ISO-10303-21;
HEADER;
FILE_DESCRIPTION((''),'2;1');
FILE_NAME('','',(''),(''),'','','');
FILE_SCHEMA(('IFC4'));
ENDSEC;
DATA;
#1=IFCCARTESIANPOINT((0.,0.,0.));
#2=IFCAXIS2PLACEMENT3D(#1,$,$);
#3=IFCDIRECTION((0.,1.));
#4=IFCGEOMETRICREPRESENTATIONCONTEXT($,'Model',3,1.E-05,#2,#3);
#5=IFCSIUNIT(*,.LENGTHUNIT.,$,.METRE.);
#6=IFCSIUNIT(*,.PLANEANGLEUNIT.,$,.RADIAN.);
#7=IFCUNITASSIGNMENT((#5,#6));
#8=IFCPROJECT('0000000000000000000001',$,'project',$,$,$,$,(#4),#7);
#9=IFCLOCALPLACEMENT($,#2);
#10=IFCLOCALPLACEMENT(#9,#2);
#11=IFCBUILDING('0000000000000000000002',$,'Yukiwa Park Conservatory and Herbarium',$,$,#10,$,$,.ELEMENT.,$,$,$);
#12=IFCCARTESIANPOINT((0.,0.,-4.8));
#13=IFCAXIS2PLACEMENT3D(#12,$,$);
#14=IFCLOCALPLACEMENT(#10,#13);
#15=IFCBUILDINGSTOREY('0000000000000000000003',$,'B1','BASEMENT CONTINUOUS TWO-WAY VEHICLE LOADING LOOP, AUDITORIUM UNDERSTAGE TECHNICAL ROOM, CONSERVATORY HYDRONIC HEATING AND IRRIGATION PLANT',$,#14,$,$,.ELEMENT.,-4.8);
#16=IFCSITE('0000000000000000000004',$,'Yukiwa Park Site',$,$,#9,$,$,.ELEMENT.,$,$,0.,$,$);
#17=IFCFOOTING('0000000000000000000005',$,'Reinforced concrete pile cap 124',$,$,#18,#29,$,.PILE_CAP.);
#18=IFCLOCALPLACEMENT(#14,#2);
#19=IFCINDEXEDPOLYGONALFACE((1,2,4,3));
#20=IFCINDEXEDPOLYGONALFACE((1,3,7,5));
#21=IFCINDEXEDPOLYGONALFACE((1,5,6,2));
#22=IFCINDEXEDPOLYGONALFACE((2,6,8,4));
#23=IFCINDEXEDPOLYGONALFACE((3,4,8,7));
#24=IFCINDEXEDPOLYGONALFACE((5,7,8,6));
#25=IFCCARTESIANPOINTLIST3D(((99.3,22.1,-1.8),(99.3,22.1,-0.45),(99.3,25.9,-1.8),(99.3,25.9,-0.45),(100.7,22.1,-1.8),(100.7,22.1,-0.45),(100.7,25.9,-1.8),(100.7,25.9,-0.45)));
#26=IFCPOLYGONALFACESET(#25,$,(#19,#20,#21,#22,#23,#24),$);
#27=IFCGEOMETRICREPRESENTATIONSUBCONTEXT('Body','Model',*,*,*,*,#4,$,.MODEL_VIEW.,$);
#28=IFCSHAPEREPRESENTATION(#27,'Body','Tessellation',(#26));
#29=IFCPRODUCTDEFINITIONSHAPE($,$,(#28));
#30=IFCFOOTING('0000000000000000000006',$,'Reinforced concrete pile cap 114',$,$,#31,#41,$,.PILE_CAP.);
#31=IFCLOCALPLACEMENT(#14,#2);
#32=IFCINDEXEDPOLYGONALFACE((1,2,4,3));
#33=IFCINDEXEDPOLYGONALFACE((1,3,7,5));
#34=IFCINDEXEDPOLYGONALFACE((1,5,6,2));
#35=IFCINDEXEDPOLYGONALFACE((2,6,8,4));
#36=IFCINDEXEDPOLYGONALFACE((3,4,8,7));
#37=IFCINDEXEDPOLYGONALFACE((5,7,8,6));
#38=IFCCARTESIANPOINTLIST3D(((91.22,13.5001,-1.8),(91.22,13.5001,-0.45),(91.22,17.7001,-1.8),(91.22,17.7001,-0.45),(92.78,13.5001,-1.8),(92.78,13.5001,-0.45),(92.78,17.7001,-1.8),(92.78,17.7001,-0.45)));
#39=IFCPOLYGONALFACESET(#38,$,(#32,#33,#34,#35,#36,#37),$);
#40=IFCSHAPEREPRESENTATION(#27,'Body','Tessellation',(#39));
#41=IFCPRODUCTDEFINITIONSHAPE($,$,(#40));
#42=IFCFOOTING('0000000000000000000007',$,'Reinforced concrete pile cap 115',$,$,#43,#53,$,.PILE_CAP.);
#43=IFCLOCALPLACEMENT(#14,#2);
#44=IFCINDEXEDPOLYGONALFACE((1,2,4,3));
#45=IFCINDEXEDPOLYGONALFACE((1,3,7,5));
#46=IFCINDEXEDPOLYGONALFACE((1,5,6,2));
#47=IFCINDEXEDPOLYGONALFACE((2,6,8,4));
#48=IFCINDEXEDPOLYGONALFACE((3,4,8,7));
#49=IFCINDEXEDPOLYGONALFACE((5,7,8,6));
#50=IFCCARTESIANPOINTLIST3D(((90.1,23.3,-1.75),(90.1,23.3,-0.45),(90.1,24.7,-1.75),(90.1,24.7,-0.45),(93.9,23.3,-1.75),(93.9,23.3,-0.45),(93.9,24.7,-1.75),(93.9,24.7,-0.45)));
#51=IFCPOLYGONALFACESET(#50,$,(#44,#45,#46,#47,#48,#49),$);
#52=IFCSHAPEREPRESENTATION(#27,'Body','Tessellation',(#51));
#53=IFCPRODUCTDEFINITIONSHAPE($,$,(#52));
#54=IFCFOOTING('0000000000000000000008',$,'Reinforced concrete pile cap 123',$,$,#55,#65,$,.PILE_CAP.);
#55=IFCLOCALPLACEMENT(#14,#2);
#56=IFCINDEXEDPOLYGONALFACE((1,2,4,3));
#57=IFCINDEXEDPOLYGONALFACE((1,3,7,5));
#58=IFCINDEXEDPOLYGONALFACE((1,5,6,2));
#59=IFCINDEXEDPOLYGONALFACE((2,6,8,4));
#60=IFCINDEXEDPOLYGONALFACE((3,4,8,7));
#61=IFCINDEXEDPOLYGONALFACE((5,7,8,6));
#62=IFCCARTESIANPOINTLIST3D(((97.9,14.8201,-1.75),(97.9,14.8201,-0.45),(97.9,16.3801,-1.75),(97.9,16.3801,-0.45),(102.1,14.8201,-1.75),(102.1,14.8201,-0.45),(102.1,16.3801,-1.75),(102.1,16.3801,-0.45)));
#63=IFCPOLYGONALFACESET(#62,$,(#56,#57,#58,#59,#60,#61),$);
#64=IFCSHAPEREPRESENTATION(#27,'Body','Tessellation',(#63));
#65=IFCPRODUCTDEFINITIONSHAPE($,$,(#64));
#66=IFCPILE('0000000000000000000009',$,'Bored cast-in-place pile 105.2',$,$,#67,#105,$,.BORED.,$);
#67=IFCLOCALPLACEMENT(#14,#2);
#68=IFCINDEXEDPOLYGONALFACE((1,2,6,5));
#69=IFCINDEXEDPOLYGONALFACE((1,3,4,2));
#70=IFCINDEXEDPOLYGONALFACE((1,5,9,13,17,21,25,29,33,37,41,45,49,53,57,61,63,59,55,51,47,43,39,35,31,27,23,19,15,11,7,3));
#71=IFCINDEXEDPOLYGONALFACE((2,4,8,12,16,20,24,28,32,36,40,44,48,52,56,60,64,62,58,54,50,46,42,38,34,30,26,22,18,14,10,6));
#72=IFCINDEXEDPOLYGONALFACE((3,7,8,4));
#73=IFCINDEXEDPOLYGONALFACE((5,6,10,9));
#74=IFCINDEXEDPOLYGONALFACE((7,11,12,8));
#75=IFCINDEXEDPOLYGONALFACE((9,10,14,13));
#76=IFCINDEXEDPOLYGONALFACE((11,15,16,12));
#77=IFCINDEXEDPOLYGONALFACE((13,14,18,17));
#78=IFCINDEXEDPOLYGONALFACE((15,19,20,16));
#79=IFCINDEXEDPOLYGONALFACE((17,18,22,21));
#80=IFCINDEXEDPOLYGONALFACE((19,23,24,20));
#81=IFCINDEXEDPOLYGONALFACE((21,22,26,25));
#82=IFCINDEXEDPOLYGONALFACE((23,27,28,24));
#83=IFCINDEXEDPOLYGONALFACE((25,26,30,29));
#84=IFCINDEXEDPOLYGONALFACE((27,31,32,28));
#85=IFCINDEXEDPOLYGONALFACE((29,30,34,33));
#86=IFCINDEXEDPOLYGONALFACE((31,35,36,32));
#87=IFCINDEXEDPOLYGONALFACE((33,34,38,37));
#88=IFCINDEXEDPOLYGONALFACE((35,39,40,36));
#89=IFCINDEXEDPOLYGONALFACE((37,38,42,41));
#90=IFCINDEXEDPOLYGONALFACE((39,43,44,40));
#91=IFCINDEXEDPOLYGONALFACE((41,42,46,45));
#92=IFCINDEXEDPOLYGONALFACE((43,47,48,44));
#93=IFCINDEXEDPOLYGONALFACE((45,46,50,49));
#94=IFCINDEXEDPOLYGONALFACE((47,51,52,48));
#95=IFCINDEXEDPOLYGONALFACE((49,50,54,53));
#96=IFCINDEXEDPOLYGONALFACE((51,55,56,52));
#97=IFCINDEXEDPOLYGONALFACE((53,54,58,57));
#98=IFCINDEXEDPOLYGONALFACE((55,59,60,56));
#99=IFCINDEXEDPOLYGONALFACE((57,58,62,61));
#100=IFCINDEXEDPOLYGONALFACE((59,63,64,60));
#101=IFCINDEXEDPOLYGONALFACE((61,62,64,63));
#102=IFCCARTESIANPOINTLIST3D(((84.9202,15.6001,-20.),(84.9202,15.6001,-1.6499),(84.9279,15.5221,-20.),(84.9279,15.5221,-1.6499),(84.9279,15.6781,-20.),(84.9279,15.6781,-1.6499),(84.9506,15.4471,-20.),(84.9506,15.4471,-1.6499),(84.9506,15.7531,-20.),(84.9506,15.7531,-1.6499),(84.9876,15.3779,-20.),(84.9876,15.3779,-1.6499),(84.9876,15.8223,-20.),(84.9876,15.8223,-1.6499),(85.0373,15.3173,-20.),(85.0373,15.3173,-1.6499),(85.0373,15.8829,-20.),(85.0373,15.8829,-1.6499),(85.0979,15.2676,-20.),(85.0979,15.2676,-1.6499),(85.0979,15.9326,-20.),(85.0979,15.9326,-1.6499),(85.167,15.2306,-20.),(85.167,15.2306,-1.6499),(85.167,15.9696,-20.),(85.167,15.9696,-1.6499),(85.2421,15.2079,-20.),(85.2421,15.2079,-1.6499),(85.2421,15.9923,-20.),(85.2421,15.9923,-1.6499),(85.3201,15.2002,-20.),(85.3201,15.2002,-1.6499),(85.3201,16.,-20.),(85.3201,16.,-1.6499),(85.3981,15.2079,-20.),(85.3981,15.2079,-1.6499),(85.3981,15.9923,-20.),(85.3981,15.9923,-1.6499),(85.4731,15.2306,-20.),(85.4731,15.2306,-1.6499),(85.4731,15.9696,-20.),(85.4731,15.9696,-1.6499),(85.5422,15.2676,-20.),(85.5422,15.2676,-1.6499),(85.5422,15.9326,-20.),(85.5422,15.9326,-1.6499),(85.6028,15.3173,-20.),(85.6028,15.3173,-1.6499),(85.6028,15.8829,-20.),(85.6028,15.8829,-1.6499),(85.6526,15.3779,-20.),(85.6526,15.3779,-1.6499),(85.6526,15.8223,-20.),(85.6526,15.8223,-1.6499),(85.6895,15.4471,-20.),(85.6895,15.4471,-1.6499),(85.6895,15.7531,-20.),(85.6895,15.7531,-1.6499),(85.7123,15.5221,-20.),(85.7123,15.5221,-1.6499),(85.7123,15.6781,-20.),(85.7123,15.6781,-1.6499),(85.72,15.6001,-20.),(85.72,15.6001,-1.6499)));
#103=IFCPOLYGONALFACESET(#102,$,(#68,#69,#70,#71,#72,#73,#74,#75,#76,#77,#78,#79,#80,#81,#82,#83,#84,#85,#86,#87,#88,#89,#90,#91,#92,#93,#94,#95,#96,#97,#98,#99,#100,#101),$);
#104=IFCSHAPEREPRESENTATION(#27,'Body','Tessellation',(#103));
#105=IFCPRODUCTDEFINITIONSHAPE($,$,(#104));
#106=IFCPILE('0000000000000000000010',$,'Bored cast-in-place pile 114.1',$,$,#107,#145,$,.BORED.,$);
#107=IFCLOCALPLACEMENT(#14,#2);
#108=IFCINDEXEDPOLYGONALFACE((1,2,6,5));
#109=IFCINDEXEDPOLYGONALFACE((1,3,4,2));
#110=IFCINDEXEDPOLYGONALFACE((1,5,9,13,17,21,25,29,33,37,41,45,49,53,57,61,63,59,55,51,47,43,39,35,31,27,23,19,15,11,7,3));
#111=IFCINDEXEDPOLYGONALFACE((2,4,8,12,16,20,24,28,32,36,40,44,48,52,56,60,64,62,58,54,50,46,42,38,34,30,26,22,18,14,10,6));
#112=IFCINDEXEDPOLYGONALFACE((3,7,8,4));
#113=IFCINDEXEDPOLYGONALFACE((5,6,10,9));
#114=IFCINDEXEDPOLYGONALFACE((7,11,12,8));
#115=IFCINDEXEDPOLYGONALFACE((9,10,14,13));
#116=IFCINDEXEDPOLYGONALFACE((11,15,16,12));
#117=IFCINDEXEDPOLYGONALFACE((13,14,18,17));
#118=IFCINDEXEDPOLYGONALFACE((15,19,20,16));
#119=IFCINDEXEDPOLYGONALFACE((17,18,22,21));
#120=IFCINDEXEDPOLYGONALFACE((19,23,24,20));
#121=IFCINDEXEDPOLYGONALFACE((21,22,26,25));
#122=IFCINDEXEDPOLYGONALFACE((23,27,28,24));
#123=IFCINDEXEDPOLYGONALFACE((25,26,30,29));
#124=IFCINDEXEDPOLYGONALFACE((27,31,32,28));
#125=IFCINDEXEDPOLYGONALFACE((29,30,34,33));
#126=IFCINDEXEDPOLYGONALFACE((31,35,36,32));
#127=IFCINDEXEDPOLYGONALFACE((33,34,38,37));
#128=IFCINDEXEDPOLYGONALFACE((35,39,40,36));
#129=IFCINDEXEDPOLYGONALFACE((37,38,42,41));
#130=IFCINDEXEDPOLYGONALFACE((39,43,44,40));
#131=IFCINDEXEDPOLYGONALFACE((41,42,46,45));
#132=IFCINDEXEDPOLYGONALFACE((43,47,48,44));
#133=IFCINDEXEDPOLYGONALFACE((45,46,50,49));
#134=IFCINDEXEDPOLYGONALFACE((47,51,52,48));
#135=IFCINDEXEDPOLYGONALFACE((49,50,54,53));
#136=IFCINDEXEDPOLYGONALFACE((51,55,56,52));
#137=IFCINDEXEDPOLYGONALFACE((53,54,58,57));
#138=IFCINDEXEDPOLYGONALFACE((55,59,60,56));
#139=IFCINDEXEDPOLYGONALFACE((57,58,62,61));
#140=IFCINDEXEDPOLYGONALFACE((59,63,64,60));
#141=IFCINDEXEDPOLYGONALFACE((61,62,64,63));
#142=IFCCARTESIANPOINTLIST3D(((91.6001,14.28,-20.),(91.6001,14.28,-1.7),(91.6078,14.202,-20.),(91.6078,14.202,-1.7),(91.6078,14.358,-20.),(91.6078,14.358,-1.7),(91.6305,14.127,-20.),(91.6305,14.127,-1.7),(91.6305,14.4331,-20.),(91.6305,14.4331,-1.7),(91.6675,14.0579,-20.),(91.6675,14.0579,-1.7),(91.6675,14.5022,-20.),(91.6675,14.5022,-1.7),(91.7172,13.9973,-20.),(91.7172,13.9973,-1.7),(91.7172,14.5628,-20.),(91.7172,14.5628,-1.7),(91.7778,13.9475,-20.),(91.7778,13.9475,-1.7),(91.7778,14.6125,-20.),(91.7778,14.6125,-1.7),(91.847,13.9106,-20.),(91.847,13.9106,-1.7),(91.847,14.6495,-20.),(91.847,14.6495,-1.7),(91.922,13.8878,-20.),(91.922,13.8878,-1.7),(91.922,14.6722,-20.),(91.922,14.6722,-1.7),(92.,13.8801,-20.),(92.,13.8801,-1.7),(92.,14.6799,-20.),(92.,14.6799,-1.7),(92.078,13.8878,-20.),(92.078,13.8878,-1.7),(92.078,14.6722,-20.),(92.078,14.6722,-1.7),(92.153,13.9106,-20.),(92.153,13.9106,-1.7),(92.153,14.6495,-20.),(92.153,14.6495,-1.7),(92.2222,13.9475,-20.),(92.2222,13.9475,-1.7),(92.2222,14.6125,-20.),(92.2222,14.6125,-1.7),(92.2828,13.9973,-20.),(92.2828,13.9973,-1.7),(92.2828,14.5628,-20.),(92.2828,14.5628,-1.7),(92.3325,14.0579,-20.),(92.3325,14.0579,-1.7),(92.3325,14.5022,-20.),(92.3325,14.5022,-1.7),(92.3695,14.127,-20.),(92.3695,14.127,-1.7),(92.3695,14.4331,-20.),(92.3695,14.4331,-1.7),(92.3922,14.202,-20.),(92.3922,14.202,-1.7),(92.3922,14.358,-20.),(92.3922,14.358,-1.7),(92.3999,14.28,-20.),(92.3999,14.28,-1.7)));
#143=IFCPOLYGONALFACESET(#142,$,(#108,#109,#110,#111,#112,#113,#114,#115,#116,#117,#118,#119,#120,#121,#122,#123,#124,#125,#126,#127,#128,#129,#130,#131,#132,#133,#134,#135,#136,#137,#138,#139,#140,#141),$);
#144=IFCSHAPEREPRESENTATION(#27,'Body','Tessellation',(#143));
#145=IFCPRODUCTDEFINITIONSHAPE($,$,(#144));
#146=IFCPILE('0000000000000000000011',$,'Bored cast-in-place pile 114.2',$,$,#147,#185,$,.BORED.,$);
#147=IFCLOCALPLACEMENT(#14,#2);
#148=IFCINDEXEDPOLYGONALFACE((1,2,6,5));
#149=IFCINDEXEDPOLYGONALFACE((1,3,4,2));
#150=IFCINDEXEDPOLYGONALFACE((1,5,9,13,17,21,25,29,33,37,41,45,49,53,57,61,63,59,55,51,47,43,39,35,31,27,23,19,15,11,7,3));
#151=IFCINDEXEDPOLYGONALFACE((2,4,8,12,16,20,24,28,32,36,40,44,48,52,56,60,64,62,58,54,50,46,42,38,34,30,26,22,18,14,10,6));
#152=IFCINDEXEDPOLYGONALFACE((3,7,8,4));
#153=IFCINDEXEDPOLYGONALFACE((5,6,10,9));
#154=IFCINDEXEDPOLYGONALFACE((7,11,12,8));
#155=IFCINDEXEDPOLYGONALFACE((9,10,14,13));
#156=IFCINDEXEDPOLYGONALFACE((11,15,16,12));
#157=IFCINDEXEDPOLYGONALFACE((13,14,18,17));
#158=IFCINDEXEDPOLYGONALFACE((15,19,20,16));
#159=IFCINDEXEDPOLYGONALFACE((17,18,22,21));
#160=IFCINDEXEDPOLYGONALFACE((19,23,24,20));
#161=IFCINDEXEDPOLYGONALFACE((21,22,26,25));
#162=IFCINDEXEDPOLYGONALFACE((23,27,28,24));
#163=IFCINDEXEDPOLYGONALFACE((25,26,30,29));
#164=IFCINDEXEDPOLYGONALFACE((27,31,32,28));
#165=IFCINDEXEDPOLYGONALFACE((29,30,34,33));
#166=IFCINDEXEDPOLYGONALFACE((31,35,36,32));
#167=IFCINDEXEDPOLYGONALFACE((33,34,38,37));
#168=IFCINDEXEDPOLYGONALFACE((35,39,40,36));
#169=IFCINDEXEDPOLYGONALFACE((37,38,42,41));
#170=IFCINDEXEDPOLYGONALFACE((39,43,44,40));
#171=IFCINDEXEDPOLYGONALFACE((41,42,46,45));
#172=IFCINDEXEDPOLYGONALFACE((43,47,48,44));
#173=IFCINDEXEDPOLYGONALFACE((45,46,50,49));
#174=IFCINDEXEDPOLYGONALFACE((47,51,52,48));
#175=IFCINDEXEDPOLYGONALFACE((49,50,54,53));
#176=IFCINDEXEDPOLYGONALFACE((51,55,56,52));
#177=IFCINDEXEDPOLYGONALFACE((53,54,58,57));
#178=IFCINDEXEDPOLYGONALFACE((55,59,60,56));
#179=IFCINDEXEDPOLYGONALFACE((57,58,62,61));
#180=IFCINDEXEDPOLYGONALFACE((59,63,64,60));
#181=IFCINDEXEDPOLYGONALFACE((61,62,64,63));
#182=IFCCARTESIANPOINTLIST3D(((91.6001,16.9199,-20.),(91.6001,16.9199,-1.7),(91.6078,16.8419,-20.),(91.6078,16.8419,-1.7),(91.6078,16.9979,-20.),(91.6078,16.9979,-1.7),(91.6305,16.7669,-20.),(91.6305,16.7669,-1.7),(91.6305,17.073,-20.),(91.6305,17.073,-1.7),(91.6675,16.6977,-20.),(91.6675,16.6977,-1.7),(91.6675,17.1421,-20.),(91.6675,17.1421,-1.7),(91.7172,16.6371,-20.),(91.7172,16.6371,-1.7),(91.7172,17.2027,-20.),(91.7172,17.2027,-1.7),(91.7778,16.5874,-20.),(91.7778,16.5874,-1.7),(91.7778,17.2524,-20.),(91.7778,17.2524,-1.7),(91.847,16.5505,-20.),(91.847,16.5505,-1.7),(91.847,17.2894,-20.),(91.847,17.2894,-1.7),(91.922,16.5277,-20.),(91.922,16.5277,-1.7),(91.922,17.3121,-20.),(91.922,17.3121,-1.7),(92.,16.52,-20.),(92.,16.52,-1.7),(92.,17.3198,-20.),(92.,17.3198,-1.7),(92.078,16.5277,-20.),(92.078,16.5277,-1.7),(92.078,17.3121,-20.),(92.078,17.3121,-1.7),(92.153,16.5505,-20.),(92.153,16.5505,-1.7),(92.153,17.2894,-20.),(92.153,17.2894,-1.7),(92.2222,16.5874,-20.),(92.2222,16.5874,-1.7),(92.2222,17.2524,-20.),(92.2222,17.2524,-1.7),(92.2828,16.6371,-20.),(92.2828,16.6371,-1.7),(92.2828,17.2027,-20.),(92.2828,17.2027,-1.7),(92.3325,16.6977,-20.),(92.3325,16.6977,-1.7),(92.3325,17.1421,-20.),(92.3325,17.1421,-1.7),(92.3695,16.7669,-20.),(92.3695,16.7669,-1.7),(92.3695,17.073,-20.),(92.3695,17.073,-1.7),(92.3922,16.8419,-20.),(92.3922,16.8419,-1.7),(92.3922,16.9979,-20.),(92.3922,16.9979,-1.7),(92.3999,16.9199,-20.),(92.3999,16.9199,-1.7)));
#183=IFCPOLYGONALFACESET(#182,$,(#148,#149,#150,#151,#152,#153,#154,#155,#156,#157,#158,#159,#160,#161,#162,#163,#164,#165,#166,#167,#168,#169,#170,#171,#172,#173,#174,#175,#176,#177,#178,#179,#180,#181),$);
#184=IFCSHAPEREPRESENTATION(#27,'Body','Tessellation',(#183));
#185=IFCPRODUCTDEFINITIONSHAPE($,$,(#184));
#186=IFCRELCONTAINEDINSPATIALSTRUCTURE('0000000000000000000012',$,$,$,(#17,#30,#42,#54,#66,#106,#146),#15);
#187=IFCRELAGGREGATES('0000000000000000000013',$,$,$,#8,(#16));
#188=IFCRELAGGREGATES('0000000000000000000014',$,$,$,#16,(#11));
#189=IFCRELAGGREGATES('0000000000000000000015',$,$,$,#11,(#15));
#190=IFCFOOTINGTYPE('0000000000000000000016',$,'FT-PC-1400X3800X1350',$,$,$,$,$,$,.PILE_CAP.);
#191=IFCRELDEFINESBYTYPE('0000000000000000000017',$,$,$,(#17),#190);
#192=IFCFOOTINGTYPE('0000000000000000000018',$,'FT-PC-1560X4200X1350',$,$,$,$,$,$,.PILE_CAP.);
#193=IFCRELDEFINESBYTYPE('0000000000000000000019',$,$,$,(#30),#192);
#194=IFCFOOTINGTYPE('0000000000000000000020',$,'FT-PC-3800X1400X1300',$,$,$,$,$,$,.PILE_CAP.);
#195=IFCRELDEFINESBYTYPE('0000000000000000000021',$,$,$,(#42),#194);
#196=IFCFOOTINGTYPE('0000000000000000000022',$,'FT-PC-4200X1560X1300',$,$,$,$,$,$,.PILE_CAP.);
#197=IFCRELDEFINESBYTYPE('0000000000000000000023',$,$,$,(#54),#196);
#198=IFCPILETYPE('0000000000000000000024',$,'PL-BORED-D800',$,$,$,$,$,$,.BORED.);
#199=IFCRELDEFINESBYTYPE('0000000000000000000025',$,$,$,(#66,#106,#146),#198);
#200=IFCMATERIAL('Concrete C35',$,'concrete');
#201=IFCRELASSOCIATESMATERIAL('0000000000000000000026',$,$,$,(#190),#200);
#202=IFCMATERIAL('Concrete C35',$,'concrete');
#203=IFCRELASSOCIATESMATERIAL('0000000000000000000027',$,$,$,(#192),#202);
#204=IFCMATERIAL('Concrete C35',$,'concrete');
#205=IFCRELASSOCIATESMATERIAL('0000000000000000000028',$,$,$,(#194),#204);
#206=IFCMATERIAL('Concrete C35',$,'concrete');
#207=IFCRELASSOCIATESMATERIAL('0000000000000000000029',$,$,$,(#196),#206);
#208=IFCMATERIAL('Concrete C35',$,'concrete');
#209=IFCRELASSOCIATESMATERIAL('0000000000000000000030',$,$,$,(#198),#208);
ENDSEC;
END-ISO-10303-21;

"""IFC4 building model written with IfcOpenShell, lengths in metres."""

from ifc_helpers import new_model, si_unit, direction, frame, origin, origin_2d, place, context, subcontext, project, spatial, rectangle, circle, extrude, material, material_profile, profile_set, type_object, element, save


model = new_model("IFC4")

# Units and contexts
model_context = context("Model", 3, precision=1e-05, world=origin(), true_north=direction((0.0, 1.0)))
body_context = subcontext(model_context, "Body", "Model", "MODEL_VIEW")
ifc_project = project(units=[si_unit("LENGTHUNIT", "METRE"), si_unit("PLANEANGLEUNIT", "RADIAN")], contexts=[model_context])

# Site, building, storey
site_placement = place(None, origin())
site = spatial("IfcSite", under=ifc_project, at=site_placement, Name="Yukiwa Park Site", CompositionType="ELEMENT", RefElevation=0.0)
building_placement = place(site_placement, origin())
building = spatial("IfcBuilding", under=site, at=building_placement, Name="Yukiwa Park Conservatory and Herbarium", CompositionType="ELEMENT")
storey_placement = place(building_placement, frame((0.0, 0.0, -4.8)))
storey = spatial("IfcBuildingStorey", under=building, at=storey_placement, Name="B1", Description="BASEMENT CONTINUOUS TWO-WAY VEHICLE LOADING LOOP, AUDITORIUM UNDERSTAGE TECHNICAL ROOM, CONSERVATORY HYDRONIC HEATING AND IRRIGATION PLANT", CompositionType="ELEMENT", Elevation=-4.8)

# Footings
ifc_material_1 = material(Name="Concrete C35", Category="concrete")
footing_type_1 = type_object("IfcFootingType", Name="FT-PC-1400X3800X1350", PredefinedType="PILE_CAP", material=ifc_material_1)
footing_1_placement = place(storey_placement, frame((100.0, 24.0, -1.8), z_axis=(0.0, 0.0, 1.0), x_axis=(1.0, 0.0, 0.0)))
element("IfcFooting", 1, at=footing_1_placement, inside=storey, type_object=footing_type_1, Name="Reinforced concrete pile cap 124", PredefinedType="PILE_CAP", context=body_context, shape_type="SweptSolid", body=[
    extrude(rectangle(XDim=1.3999, YDim=3.8, at=origin_2d()), origin(), (0.0, 0.0, 1.0), 1.3501),
])
ifc_material_2 = material(Name="Concrete C35", Category="concrete")
footing_type_2 = type_object("IfcFootingType", Name="FT-PC-1560X4200X1350", PredefinedType="PILE_CAP", material=ifc_material_2)
footing_2_placement = place(storey_placement, frame((92.0, 15.6001, -1.8), z_axis=(0.0, 0.0, 1.0), x_axis=(1.0, 0.0, 0.0)))
element("IfcFooting", 2, at=footing_2_placement, inside=storey, type_object=footing_type_2, Name="Reinforced concrete pile cap 114", PredefinedType="PILE_CAP", context=body_context, shape_type="SweptSolid", body=[
    extrude(rectangle(XDim=1.5601, YDim=4.2, at=origin_2d()), origin(), (0.0, 0.0, 1.0), 1.3501),
])
ifc_material_3 = material(Name="Concrete C35", Category="concrete")
footing_type_3 = type_object("IfcFootingType", Name="FT-PC-3800X1400X1300", PredefinedType="PILE_CAP", material=ifc_material_3)
footing_3_placement = place(storey_placement, frame((92.0, 24.0, -1.75), z_axis=(0.0, 0.0, 1.0), x_axis=(1.0, 0.0, 0.0)))
element("IfcFooting", 3, at=footing_3_placement, inside=storey, type_object=footing_type_3, Name="Reinforced concrete pile cap 115", PredefinedType="PILE_CAP", context=body_context, shape_type="SweptSolid", body=[
    extrude(rectangle(XDim=3.8, YDim=1.3999, at=origin_2d()), origin(), (0.0, 0.0, 1.0), 1.3),
])
ifc_material_4 = material(Name="Concrete C35", Category="concrete")
footing_type_4 = type_object("IfcFootingType", Name="FT-PC-4200X1560X1300", PredefinedType="PILE_CAP", material=ifc_material_4)
footing_4_placement = place(storey_placement, frame((100.0, 15.6001, -1.75), z_axis=(0.0, 0.0, 1.0), x_axis=(1.0, 0.0, 0.0)))
element("IfcFooting", 4, at=footing_4_placement, inside=storey, type_object=footing_type_4, Name="Reinforced concrete pile cap 123", PredefinedType="PILE_CAP", context=body_context, shape_type="SweptSolid", body=[
    extrude(rectangle(XDim=4.2, YDim=1.5601, at=origin_2d()), origin(), (0.0, 0.0, 1.0), 1.3),
])

# Piles
ifc_material_5 = material(Name="Concrete C35", Category="concrete")
ifc_material_profile_1 = material_profile(ifc_material_5, circle(Radius=0.3999, at=origin_2d()), Name="PILE D800")
ifc_profile_set_1 = profile_set([ifc_material_profile_1], Name="Concrete C35")
pile_type_1 = type_object("IfcPileType", Name="PL-BORED-D800", PredefinedType="BORED", material=ifc_profile_set_1)
pile_1_placement = place(storey_placement, frame((85.3201, 15.6001, -1.6499), z_axis=(0.0, 0.0, -1.0), x_axis=(1.0, 0.0, 0.0)))
element("IfcPile", 5, at=pile_1_placement, inside=storey, type_object=pile_type_1, Name="Bored cast-in-place pile 105.2", PredefinedType="BORED", context=body_context, shape_type="SweptSolid", body=[
    extrude(circle(Radius=0.3999, at=origin_2d()), origin(), (0.0, 0.0, 1.0), 18.3501),
])
for number, where, z_axis, x_axis, name in (
    (6, (92.0, 14.28, -1.7), (0.0, 0.0, -1.0), (1.0, 0.0, 0.0), "Bored cast-in-place pile 114.1"),
    (7, (92.0, 16.9199, -1.7), (0.0, 0.0, -1.0), (1.0, 0.0, 0.0), "Bored cast-in-place pile 114.2"),
):
    element("IfcPile", number, at=place(storey_placement, frame(where, z_axis=z_axis, x_axis=x_axis)), inside=storey, type_object=pile_type_1, Name=name, PredefinedType="BORED", context=body_context, shape_type="SweptSolid", body=[
        extrude(circle(Radius=0.3999, at=origin_2d()), origin(), (0.0, 0.0, 1.0), 18.3),
    ])

save(model, "model.ifc")
